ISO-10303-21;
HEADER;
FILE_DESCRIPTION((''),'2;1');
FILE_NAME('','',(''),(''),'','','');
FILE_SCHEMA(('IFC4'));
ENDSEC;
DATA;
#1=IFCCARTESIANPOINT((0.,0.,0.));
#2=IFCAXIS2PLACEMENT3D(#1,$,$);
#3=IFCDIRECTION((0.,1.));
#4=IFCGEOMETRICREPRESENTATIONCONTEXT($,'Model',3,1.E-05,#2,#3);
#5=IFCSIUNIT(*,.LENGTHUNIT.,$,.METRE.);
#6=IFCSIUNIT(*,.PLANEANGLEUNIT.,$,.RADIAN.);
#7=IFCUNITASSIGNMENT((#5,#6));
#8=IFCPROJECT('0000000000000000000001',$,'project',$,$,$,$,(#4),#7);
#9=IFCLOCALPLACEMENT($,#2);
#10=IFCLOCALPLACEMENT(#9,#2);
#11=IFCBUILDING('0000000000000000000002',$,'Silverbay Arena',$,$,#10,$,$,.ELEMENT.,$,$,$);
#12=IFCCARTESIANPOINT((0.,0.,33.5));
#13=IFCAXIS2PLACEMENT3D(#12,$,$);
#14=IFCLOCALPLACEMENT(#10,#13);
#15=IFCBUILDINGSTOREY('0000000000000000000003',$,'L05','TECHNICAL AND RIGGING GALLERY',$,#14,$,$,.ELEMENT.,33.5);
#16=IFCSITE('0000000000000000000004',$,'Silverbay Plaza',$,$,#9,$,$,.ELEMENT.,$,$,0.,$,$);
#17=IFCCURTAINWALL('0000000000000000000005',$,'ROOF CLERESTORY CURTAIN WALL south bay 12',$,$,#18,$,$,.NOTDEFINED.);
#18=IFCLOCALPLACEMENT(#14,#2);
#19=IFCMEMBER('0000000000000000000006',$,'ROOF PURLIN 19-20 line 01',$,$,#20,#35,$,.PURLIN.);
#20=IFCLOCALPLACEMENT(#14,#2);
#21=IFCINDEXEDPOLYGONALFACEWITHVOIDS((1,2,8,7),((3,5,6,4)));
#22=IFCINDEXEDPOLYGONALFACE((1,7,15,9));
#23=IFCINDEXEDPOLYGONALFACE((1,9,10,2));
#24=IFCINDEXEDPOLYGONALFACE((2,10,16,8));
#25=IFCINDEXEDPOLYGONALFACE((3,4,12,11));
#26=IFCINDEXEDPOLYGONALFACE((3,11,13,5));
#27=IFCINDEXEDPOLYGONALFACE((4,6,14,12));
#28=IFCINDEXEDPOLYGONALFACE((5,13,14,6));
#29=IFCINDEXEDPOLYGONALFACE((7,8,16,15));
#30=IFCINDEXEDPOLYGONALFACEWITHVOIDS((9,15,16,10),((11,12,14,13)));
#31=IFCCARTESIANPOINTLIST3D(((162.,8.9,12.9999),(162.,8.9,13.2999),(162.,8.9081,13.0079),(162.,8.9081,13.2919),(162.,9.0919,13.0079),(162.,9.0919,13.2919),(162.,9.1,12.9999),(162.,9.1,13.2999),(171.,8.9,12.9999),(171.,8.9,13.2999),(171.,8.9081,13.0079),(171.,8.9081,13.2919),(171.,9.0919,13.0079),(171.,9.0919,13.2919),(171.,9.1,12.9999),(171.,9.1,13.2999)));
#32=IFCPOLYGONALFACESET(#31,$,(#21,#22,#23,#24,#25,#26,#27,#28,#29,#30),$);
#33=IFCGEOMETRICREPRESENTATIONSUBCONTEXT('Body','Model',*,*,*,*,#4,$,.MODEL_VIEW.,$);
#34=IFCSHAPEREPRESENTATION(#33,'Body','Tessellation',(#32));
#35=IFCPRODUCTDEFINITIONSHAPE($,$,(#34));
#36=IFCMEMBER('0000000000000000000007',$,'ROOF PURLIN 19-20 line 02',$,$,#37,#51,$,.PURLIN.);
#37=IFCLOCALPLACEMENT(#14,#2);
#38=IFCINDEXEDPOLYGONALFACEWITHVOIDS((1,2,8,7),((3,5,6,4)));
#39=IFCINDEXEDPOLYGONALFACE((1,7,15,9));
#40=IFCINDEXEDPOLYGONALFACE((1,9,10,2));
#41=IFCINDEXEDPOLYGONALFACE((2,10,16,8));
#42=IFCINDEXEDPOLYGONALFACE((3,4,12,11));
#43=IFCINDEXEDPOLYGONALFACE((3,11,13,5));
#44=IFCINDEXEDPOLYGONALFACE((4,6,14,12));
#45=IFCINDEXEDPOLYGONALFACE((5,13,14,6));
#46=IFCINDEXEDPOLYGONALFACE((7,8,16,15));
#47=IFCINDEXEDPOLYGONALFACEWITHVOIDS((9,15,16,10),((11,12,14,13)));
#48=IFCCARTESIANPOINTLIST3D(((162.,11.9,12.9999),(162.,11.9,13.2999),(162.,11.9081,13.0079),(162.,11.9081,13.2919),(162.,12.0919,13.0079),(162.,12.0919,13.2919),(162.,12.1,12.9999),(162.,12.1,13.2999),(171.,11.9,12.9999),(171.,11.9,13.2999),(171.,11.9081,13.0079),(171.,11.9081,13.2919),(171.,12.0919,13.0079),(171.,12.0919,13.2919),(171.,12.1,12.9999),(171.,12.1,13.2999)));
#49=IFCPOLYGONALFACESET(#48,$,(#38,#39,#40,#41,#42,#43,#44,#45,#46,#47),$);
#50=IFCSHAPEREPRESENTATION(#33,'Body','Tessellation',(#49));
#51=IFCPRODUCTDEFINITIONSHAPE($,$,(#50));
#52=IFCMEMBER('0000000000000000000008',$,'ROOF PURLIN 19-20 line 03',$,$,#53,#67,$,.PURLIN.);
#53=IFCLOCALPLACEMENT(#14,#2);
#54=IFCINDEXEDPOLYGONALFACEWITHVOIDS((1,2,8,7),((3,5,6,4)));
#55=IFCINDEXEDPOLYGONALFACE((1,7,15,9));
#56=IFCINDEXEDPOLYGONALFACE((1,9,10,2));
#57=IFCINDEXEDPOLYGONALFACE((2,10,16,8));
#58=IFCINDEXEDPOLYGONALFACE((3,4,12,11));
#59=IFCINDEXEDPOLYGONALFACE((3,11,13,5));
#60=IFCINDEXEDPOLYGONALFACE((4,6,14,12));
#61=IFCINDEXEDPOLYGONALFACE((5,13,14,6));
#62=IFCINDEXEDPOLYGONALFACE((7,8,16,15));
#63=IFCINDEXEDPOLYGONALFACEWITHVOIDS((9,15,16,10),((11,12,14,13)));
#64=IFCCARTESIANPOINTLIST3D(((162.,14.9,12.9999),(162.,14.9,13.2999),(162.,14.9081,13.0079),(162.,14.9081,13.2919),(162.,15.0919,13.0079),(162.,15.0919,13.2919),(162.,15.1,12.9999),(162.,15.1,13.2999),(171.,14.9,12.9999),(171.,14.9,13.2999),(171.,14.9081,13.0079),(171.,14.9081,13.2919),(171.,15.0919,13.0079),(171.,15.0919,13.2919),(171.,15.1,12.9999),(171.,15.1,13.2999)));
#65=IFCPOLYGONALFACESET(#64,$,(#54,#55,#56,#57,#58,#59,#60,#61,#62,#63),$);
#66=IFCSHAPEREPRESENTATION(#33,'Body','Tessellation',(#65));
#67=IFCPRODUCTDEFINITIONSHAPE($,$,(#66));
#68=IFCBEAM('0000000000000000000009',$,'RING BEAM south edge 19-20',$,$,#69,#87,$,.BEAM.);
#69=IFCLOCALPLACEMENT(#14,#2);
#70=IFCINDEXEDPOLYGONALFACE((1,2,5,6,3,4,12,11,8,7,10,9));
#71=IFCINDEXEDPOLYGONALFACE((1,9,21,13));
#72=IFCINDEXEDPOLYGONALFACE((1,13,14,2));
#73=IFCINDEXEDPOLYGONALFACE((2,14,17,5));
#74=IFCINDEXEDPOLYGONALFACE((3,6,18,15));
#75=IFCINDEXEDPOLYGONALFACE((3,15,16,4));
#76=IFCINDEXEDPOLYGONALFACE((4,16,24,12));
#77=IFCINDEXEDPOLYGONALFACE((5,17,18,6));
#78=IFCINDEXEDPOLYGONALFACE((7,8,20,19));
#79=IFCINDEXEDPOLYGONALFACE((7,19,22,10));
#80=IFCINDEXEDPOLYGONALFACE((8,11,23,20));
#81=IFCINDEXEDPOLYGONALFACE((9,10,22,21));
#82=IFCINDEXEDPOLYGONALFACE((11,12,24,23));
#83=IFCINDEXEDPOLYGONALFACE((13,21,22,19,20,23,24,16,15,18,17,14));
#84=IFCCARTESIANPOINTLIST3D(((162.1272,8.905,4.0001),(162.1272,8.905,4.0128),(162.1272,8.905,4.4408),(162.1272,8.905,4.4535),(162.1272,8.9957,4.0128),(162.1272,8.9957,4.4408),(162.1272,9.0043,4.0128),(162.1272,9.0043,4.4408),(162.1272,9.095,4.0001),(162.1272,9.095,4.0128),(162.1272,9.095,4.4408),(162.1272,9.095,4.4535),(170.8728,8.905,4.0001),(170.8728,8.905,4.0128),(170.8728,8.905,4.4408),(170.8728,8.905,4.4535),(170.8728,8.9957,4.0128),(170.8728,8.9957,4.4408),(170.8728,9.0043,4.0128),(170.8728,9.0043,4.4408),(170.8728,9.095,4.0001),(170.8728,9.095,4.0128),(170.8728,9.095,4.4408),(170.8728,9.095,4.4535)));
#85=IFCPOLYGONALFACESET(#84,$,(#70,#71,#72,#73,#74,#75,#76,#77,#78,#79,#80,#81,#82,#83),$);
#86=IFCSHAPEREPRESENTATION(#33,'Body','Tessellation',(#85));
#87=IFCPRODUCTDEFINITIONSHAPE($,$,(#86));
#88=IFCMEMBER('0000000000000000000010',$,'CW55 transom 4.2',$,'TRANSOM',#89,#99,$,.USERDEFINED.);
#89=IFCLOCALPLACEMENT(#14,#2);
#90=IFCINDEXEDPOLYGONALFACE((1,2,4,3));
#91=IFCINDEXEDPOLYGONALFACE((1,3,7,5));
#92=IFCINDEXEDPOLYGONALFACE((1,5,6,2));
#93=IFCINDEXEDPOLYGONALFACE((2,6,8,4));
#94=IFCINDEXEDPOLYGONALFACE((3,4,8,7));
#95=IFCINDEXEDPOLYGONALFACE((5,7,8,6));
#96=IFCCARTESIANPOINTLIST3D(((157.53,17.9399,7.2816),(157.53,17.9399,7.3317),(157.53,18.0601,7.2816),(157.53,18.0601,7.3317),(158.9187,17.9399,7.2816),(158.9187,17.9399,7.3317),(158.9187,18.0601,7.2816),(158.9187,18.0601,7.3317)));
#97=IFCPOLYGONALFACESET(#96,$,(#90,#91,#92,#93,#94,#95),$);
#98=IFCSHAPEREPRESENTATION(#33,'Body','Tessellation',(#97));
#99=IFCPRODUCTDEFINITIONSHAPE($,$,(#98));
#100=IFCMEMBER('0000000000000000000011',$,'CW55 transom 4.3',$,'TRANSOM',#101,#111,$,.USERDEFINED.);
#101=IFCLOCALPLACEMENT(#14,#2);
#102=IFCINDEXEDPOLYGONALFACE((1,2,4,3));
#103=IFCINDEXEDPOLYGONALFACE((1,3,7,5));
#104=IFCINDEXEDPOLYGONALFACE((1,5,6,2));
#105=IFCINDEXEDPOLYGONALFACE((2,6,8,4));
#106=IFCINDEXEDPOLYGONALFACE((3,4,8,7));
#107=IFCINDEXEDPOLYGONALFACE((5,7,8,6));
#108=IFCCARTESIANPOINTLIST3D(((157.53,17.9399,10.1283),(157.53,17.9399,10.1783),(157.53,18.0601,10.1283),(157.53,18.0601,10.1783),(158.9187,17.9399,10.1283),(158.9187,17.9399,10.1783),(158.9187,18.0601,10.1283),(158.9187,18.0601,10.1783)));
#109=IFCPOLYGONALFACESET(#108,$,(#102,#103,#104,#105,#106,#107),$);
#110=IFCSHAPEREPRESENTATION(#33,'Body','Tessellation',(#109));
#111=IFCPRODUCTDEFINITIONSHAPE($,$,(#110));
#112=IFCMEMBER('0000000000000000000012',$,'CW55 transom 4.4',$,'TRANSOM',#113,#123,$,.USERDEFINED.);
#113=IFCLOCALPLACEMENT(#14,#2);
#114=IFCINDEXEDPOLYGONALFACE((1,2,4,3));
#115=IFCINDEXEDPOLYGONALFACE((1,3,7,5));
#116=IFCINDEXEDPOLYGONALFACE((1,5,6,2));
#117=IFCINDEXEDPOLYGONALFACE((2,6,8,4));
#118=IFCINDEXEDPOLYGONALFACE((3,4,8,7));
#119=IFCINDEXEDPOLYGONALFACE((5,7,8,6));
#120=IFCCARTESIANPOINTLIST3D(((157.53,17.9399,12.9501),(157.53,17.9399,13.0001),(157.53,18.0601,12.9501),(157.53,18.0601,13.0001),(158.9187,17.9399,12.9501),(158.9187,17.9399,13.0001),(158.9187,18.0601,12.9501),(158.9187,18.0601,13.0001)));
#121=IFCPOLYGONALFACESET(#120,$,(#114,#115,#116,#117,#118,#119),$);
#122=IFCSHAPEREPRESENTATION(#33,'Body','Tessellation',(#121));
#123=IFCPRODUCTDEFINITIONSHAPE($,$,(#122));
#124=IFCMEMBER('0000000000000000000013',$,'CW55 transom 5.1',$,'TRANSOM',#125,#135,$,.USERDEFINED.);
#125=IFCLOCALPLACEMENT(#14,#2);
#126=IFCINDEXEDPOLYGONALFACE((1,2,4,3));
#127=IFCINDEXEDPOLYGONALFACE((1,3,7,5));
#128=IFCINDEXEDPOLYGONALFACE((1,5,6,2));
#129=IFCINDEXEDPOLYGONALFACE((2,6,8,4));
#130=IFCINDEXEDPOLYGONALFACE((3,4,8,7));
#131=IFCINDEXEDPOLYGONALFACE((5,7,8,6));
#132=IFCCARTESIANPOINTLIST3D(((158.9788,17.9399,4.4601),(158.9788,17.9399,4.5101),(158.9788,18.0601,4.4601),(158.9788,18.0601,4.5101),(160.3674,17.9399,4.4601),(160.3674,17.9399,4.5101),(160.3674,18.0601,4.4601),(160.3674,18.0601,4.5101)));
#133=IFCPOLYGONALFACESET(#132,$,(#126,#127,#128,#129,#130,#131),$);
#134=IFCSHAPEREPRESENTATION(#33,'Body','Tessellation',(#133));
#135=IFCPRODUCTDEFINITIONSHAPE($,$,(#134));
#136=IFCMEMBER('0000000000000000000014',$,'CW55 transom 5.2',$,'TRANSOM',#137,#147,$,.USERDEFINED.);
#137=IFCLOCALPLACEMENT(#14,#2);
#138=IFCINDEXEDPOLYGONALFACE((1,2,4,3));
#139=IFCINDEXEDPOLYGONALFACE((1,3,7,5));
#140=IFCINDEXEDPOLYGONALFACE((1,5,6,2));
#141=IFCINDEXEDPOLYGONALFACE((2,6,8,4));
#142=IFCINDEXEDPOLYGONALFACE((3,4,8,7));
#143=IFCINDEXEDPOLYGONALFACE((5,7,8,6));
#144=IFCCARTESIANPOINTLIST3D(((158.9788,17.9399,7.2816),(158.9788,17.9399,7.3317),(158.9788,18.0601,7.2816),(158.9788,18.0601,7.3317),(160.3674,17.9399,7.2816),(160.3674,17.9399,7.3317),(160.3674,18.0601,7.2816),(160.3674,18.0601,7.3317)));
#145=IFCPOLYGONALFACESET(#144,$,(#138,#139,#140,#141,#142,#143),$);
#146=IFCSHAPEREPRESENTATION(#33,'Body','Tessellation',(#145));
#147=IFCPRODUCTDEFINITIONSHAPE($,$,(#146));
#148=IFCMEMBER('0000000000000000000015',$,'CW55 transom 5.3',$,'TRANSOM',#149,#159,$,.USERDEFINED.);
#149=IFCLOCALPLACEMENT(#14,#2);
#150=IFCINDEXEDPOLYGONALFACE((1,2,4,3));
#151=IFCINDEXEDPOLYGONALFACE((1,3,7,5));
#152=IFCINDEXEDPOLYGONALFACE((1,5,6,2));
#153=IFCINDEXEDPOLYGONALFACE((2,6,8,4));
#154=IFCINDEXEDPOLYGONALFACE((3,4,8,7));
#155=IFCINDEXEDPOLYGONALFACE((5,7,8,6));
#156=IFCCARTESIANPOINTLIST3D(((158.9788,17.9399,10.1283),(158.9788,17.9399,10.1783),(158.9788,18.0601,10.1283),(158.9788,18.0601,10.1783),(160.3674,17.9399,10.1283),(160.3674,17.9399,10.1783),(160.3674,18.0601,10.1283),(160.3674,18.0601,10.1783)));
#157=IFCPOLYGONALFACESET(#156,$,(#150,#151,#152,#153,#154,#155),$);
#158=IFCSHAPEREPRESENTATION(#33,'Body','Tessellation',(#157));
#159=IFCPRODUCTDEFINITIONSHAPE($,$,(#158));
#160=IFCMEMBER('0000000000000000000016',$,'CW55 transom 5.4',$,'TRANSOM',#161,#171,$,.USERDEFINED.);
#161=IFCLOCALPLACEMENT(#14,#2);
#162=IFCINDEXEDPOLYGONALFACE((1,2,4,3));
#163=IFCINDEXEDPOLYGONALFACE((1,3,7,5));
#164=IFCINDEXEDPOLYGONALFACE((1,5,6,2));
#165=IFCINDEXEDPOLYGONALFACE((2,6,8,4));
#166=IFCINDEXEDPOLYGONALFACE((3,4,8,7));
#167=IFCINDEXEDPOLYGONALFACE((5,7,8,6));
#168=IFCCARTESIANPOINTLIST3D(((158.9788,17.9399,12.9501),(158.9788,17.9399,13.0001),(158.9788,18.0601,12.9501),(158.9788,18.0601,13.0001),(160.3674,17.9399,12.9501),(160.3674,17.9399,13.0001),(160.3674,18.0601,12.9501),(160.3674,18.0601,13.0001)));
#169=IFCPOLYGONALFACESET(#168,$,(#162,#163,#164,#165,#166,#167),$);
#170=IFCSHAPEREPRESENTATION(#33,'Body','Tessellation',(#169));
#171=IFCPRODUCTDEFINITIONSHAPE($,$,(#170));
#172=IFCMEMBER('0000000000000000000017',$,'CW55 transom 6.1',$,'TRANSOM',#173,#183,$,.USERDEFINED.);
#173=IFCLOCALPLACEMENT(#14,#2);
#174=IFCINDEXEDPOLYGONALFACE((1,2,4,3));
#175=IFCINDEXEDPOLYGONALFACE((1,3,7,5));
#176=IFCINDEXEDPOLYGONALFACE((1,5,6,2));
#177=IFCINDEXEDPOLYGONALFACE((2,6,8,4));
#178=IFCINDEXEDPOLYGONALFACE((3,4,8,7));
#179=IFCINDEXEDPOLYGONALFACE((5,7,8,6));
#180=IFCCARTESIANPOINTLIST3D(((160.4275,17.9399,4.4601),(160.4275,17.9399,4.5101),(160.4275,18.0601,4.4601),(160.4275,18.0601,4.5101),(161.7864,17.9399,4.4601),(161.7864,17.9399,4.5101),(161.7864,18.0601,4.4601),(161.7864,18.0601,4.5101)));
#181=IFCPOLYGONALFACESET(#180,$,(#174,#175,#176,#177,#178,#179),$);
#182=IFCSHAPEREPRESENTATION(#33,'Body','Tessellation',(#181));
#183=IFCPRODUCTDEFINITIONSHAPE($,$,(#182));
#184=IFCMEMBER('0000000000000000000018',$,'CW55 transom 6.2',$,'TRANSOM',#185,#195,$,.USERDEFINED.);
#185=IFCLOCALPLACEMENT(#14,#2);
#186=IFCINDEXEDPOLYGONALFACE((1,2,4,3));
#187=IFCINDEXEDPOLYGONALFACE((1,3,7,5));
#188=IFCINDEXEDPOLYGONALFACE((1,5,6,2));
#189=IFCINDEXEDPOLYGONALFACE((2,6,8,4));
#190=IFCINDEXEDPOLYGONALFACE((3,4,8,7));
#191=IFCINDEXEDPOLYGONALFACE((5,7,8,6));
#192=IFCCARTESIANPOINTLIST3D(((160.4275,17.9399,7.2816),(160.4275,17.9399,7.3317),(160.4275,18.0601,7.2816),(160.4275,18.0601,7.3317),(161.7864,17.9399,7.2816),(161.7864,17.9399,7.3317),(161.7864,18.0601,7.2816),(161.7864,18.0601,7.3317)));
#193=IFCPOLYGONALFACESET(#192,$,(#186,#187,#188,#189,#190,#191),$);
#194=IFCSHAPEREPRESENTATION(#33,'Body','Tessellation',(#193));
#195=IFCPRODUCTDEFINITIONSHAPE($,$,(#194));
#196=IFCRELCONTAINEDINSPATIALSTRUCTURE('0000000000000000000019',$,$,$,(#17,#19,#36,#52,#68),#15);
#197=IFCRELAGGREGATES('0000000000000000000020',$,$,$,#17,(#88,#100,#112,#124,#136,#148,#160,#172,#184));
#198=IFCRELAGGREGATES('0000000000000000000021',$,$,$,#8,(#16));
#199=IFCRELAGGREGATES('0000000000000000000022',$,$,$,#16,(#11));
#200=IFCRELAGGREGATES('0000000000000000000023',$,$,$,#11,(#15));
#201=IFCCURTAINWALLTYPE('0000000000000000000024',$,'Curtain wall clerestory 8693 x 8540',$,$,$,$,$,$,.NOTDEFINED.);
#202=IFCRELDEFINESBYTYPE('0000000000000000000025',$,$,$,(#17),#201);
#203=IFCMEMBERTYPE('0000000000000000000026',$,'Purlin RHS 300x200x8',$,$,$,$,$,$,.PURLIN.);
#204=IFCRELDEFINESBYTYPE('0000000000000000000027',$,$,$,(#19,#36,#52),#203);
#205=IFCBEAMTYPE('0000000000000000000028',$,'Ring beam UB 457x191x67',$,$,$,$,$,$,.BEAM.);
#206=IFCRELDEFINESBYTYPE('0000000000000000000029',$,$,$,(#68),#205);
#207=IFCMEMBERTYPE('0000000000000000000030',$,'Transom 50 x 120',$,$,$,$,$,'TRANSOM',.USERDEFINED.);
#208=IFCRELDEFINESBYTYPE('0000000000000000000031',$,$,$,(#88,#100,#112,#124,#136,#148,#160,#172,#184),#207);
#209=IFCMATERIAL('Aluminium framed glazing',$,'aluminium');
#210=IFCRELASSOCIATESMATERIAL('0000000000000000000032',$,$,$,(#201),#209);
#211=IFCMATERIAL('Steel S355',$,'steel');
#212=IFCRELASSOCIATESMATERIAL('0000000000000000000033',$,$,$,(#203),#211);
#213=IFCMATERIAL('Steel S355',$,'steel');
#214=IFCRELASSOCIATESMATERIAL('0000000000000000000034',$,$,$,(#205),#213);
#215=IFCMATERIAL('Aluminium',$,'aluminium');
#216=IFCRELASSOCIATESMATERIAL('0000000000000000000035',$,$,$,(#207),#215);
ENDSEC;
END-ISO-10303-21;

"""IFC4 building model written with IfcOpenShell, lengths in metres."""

from ifc_helpers import new_model, si_unit, direction, frame, origin, origin_2d, place, context, subcontext, project, spatial, rectangle, hollow_rectangle, i_section, extrude, material, material_profile, profile_set, type_object, element, aggregate, save


model = new_model("IFC4")

# Units and contexts
model_context = context("Model", 3, precision=1e-05, world=origin(), true_north=direction((0.0, 1.0)))
body_context = subcontext(model_context, "Body", "Model", "MODEL_VIEW")
ifc_project = project(units=[si_unit("LENGTHUNIT", "METRE"), si_unit("PLANEANGLEUNIT", "RADIAN")], contexts=[model_context])

# Site, building, storey
site_placement = place(None, origin())
site = spatial("IfcSite", under=ifc_project, at=site_placement, Name="Silverbay Plaza", CompositionType="ELEMENT", RefElevation=0.0)
building_placement = place(site_placement, origin())
building = spatial("IfcBuilding", under=site, at=building_placement, Name="Silverbay Arena", CompositionType="ELEMENT")
storey_placement = place(building_placement, frame((0.0, 0.0, 33.5)))
storey = spatial("IfcBuildingStorey", under=building, at=storey_placement, Name="L05", Description="TECHNICAL AND RIGGING GALLERY", CompositionType="ELEMENT", Elevation=33.5)

# Curtain wall
ifc_material_1 = material(Name="Aluminium framed glazing", Category="aluminium")
curtain_wall_type = type_object("IfcCurtainWallType", Name="Curtain wall clerestory 8693 x 8540", PredefinedType="NOTDEFINED", material=ifc_material_1)
curtain_wall_placement = place(storey_placement, origin())
curtain_wall = element("IfcCurtainWall", 1, at=curtain_wall_placement, inside=storey, type_object=curtain_wall_type, Name="ROOF CLERESTORY CURTAIN WALL south bay 12", PredefinedType="NOTDEFINED")

# Members
ifc_material_2 = material(Name="Steel S355", Category="steel")
ifc_material_profile_1 = material_profile(ifc_material_2, hollow_rectangle(XDim=0.2, YDim=0.3, WallThickness=0.0081, at=origin_2d()), Name="RHS 300x200x8")
ifc_profile_set_1 = profile_set([ifc_material_profile_1], Name="Steel S355")
member_type_1 = type_object("IfcMemberType", Name="Purlin RHS 300x200x8", PredefinedType="PURLIN", material=ifc_profile_set_1)
for number, where, z_axis, x_axis, name in (
    (2, (162.0, 9.0, 13.1499), (1.0, 0.0, 0.0), (0.0, 1.0, 0.0), "ROOF PURLIN 19-20 line 01"),
    (3, (162.0, 12.0, 13.1499), (1.0, 0.0, 0.0), (0.0, 1.0, 0.0), "ROOF PURLIN 19-20 line 02"),
    (4, (162.0, 15.0, 13.1499), (1.0, 0.0, 0.0), (0.0, 1.0, 0.0), "ROOF PURLIN 19-20 line 03"),
):
    element("IfcMember", number, at=place(storey_placement, frame(where, z_axis=z_axis, x_axis=x_axis)), inside=storey, type_object=member_type_1, Name=name, PredefinedType="PURLIN", context=body_context, shape_type="SweptSolid", body=[
        extrude(hollow_rectangle(XDim=0.2, YDim=0.3, WallThickness=0.0081, at=origin_2d()), origin(), (0.0, 0.0, 1.0), 9.0),
    ])

# Beam
ifc_material_3 = material(Name="Steel S355", Category="steel")
ifc_material_profile_2 = material_profile(ifc_material_3, i_section(OverallWidth=0.1899, OverallDepth=0.4534, WebThickness=0.0085, FlangeThickness=0.0127, at=origin_2d()), Name="UB 457x191x67")
ifc_profile_set_2 = profile_set([ifc_material_profile_2], Name="Steel S355")
beam_type = type_object("IfcBeamType", Name="Ring beam UB 457x191x67", PredefinedType="BEAM", material=ifc_profile_set_2)
beam_placement = place(storey_placement, frame((162.1272, 9.0, 4.2268), z_axis=(1.0, 0.0, 0.0), x_axis=(0.0, 1.0, 0.0)))
element("IfcBeam", 5, at=beam_placement, inside=storey, type_object=beam_type, Name="RING BEAM south edge 19-20", PredefinedType="BEAM", context=body_context, shape_type="SweptSolid", body=[
    extrude(i_section(OverallWidth=0.1899, OverallDepth=0.4534, WebThickness=0.0085, FlangeThickness=0.0127, at=origin_2d()), origin(), (0.0, 0.0, 1.0), 8.7456),
])

# Members
ifc_material_4 = material(Name="Aluminium", Category="aluminium")
ifc_material_profile_3 = material_profile(ifc_material_4, rectangle(XDim=0.1201, YDim=0.05, at=origin_2d()), Name="Transom 50 x 120")
ifc_profile_set_3 = profile_set([ifc_material_profile_3], Name="Aluminium")
member_type_2 = type_object("IfcMemberType", Name="Transom 50 x 120", ElementType="TRANSOM", PredefinedType="USERDEFINED", material=ifc_profile_set_3)
member_1_placement = place(storey_placement, frame((157.53, 18.0, 7.3066), z_axis=(1.0, 0.0, 0.0), x_axis=(0.0, 1.0, 0.0)))
member_1 = element("IfcMember", 6, at=member_1_placement, type_object=member_type_2, Name="CW55 transom 4.2", ObjectType="TRANSOM", PredefinedType="USERDEFINED", context=body_context, shape_type="SweptSolid", body=[
    extrude(rectangle(XDim=0.1201, YDim=0.05, at=origin_2d()), origin(), (0.0, 0.0, 1.0), 1.3887),
])
member_2_placement = place(storey_placement, frame((157.53, 18.0, 10.1533), z_axis=(1.0, 0.0, 0.0), x_axis=(0.0, 1.0, 0.0)))
member_2 = element("IfcMember", 7, at=member_2_placement, type_object=member_type_2, Name="CW55 transom 4.3", ObjectType="TRANSOM", PredefinedType="USERDEFINED", context=body_context, shape_type="SweptSolid", body=[
    extrude(rectangle(XDim=0.1201, YDim=0.05, at=origin_2d()), origin(), (0.0, 0.0, 1.0), 1.3887),
])
member_3_placement = place(storey_placement, frame((157.53, 18.0, 12.9751), z_axis=(1.0, 0.0, 0.0), x_axis=(0.0, 1.0, 0.0)))
member_3 = element("IfcMember", 8, at=member_3_placement, type_object=member_type_2, Name="CW55 transom 4.4", ObjectType="TRANSOM", PredefinedType="USERDEFINED", context=body_context, shape_type="SweptSolid", body=[
    extrude(rectangle(XDim=0.1201, YDim=0.05, at=origin_2d()), origin(), (0.0, 0.0, 1.0), 1.3887),
])
member_4_placement = place(storey_placement, frame((158.9788, 18.0, 4.4851), z_axis=(1.0, 0.0, 0.0), x_axis=(0.0, 1.0, 0.0)))
member_4 = element("IfcMember", 9, at=member_4_placement, type_object=member_type_2, Name="CW55 transom 5.1", ObjectType="TRANSOM", PredefinedType="USERDEFINED", context=body_context, shape_type="SweptSolid", body=[
    extrude(rectangle(XDim=0.1201, YDim=0.05, at=origin_2d()), origin(), (0.0, 0.0, 1.0), 1.3887),
])
member_5_placement = place(storey_placement, frame((158.9788, 18.0, 7.3066), z_axis=(1.0, 0.0, 0.0), x_axis=(0.0, 1.0, 0.0)))
member_5 = element("IfcMember", 10, at=member_5_placement, type_object=member_type_2, Name="CW55 transom 5.2", ObjectType="TRANSOM", PredefinedType="USERDEFINED", context=body_context, shape_type="SweptSolid", body=[
    extrude(rectangle(XDim=0.1201, YDim=0.05, at=origin_2d()), origin(), (0.0, 0.0, 1.0), 1.3887),
])
member_6_placement = place(storey_placement, frame((158.9788, 18.0, 10.1533), z_axis=(1.0, 0.0, 0.0), x_axis=(0.0, 1.0, 0.0)))
member_6 = element("IfcMember", 11, at=member_6_placement, type_object=member_type_2, Name="CW55 transom 5.3", ObjectType="TRANSOM", PredefinedType="USERDEFINED", context=body_context, shape_type="SweptSolid", body=[
    extrude(rectangle(XDim=0.1201, YDim=0.05, at=origin_2d()), origin(), (0.0, 0.0, 1.0), 1.3887),
])
member_7_placement = place(storey_placement, frame((158.9788, 18.0, 12.9751), z_axis=(1.0, 0.0, 0.0), x_axis=(0.0, 1.0, 0.0)))
member_7 = element("IfcMember", 12, at=member_7_placement, type_object=member_type_2, Name="CW55 transom 5.4", ObjectType="TRANSOM", PredefinedType="USERDEFINED", context=body_context, shape_type="SweptSolid", body=[
    extrude(rectangle(XDim=0.1201, YDim=0.05, at=origin_2d()), origin(), (0.0, 0.0, 1.0), 1.3887),
])
member_8_placement = place(storey_placement, frame((160.4275, 18.0, 4.4851), z_axis=(1.0, 0.0, 0.0), x_axis=(0.0, 1.0, 0.0)))
member_8 = element("IfcMember", 13, at=member_8_placement, type_object=member_type_2, Name="CW55 transom 6.1", ObjectType="TRANSOM", PredefinedType="USERDEFINED", context=body_context, shape_type="SweptSolid", body=[
    extrude(rectangle(XDim=0.1201, YDim=0.05, at=origin_2d()), origin(), (0.0, 0.0, 1.0), 1.3589),
])
member_9_placement = place(storey_placement, frame((160.4275, 18.0, 7.3066), z_axis=(1.0, 0.0, 0.0), x_axis=(0.0, 1.0, 0.0)))
member_9 = element("IfcMember", 14, at=member_9_placement, type_object=member_type_2, Name="CW55 transom 6.2", ObjectType="TRANSOM", PredefinedType="USERDEFINED", context=body_context, shape_type="SweptSolid", body=[
    extrude(rectangle(XDim=0.1201, YDim=0.05, at=origin_2d()), origin(), (0.0, 0.0, 1.0), 1.3589),
])

aggregate(curtain_wall, [member_1, member_2, member_3, member_4, member_5, member_6, member_7, member_8, member_9])

save(model, "model.ifc")
